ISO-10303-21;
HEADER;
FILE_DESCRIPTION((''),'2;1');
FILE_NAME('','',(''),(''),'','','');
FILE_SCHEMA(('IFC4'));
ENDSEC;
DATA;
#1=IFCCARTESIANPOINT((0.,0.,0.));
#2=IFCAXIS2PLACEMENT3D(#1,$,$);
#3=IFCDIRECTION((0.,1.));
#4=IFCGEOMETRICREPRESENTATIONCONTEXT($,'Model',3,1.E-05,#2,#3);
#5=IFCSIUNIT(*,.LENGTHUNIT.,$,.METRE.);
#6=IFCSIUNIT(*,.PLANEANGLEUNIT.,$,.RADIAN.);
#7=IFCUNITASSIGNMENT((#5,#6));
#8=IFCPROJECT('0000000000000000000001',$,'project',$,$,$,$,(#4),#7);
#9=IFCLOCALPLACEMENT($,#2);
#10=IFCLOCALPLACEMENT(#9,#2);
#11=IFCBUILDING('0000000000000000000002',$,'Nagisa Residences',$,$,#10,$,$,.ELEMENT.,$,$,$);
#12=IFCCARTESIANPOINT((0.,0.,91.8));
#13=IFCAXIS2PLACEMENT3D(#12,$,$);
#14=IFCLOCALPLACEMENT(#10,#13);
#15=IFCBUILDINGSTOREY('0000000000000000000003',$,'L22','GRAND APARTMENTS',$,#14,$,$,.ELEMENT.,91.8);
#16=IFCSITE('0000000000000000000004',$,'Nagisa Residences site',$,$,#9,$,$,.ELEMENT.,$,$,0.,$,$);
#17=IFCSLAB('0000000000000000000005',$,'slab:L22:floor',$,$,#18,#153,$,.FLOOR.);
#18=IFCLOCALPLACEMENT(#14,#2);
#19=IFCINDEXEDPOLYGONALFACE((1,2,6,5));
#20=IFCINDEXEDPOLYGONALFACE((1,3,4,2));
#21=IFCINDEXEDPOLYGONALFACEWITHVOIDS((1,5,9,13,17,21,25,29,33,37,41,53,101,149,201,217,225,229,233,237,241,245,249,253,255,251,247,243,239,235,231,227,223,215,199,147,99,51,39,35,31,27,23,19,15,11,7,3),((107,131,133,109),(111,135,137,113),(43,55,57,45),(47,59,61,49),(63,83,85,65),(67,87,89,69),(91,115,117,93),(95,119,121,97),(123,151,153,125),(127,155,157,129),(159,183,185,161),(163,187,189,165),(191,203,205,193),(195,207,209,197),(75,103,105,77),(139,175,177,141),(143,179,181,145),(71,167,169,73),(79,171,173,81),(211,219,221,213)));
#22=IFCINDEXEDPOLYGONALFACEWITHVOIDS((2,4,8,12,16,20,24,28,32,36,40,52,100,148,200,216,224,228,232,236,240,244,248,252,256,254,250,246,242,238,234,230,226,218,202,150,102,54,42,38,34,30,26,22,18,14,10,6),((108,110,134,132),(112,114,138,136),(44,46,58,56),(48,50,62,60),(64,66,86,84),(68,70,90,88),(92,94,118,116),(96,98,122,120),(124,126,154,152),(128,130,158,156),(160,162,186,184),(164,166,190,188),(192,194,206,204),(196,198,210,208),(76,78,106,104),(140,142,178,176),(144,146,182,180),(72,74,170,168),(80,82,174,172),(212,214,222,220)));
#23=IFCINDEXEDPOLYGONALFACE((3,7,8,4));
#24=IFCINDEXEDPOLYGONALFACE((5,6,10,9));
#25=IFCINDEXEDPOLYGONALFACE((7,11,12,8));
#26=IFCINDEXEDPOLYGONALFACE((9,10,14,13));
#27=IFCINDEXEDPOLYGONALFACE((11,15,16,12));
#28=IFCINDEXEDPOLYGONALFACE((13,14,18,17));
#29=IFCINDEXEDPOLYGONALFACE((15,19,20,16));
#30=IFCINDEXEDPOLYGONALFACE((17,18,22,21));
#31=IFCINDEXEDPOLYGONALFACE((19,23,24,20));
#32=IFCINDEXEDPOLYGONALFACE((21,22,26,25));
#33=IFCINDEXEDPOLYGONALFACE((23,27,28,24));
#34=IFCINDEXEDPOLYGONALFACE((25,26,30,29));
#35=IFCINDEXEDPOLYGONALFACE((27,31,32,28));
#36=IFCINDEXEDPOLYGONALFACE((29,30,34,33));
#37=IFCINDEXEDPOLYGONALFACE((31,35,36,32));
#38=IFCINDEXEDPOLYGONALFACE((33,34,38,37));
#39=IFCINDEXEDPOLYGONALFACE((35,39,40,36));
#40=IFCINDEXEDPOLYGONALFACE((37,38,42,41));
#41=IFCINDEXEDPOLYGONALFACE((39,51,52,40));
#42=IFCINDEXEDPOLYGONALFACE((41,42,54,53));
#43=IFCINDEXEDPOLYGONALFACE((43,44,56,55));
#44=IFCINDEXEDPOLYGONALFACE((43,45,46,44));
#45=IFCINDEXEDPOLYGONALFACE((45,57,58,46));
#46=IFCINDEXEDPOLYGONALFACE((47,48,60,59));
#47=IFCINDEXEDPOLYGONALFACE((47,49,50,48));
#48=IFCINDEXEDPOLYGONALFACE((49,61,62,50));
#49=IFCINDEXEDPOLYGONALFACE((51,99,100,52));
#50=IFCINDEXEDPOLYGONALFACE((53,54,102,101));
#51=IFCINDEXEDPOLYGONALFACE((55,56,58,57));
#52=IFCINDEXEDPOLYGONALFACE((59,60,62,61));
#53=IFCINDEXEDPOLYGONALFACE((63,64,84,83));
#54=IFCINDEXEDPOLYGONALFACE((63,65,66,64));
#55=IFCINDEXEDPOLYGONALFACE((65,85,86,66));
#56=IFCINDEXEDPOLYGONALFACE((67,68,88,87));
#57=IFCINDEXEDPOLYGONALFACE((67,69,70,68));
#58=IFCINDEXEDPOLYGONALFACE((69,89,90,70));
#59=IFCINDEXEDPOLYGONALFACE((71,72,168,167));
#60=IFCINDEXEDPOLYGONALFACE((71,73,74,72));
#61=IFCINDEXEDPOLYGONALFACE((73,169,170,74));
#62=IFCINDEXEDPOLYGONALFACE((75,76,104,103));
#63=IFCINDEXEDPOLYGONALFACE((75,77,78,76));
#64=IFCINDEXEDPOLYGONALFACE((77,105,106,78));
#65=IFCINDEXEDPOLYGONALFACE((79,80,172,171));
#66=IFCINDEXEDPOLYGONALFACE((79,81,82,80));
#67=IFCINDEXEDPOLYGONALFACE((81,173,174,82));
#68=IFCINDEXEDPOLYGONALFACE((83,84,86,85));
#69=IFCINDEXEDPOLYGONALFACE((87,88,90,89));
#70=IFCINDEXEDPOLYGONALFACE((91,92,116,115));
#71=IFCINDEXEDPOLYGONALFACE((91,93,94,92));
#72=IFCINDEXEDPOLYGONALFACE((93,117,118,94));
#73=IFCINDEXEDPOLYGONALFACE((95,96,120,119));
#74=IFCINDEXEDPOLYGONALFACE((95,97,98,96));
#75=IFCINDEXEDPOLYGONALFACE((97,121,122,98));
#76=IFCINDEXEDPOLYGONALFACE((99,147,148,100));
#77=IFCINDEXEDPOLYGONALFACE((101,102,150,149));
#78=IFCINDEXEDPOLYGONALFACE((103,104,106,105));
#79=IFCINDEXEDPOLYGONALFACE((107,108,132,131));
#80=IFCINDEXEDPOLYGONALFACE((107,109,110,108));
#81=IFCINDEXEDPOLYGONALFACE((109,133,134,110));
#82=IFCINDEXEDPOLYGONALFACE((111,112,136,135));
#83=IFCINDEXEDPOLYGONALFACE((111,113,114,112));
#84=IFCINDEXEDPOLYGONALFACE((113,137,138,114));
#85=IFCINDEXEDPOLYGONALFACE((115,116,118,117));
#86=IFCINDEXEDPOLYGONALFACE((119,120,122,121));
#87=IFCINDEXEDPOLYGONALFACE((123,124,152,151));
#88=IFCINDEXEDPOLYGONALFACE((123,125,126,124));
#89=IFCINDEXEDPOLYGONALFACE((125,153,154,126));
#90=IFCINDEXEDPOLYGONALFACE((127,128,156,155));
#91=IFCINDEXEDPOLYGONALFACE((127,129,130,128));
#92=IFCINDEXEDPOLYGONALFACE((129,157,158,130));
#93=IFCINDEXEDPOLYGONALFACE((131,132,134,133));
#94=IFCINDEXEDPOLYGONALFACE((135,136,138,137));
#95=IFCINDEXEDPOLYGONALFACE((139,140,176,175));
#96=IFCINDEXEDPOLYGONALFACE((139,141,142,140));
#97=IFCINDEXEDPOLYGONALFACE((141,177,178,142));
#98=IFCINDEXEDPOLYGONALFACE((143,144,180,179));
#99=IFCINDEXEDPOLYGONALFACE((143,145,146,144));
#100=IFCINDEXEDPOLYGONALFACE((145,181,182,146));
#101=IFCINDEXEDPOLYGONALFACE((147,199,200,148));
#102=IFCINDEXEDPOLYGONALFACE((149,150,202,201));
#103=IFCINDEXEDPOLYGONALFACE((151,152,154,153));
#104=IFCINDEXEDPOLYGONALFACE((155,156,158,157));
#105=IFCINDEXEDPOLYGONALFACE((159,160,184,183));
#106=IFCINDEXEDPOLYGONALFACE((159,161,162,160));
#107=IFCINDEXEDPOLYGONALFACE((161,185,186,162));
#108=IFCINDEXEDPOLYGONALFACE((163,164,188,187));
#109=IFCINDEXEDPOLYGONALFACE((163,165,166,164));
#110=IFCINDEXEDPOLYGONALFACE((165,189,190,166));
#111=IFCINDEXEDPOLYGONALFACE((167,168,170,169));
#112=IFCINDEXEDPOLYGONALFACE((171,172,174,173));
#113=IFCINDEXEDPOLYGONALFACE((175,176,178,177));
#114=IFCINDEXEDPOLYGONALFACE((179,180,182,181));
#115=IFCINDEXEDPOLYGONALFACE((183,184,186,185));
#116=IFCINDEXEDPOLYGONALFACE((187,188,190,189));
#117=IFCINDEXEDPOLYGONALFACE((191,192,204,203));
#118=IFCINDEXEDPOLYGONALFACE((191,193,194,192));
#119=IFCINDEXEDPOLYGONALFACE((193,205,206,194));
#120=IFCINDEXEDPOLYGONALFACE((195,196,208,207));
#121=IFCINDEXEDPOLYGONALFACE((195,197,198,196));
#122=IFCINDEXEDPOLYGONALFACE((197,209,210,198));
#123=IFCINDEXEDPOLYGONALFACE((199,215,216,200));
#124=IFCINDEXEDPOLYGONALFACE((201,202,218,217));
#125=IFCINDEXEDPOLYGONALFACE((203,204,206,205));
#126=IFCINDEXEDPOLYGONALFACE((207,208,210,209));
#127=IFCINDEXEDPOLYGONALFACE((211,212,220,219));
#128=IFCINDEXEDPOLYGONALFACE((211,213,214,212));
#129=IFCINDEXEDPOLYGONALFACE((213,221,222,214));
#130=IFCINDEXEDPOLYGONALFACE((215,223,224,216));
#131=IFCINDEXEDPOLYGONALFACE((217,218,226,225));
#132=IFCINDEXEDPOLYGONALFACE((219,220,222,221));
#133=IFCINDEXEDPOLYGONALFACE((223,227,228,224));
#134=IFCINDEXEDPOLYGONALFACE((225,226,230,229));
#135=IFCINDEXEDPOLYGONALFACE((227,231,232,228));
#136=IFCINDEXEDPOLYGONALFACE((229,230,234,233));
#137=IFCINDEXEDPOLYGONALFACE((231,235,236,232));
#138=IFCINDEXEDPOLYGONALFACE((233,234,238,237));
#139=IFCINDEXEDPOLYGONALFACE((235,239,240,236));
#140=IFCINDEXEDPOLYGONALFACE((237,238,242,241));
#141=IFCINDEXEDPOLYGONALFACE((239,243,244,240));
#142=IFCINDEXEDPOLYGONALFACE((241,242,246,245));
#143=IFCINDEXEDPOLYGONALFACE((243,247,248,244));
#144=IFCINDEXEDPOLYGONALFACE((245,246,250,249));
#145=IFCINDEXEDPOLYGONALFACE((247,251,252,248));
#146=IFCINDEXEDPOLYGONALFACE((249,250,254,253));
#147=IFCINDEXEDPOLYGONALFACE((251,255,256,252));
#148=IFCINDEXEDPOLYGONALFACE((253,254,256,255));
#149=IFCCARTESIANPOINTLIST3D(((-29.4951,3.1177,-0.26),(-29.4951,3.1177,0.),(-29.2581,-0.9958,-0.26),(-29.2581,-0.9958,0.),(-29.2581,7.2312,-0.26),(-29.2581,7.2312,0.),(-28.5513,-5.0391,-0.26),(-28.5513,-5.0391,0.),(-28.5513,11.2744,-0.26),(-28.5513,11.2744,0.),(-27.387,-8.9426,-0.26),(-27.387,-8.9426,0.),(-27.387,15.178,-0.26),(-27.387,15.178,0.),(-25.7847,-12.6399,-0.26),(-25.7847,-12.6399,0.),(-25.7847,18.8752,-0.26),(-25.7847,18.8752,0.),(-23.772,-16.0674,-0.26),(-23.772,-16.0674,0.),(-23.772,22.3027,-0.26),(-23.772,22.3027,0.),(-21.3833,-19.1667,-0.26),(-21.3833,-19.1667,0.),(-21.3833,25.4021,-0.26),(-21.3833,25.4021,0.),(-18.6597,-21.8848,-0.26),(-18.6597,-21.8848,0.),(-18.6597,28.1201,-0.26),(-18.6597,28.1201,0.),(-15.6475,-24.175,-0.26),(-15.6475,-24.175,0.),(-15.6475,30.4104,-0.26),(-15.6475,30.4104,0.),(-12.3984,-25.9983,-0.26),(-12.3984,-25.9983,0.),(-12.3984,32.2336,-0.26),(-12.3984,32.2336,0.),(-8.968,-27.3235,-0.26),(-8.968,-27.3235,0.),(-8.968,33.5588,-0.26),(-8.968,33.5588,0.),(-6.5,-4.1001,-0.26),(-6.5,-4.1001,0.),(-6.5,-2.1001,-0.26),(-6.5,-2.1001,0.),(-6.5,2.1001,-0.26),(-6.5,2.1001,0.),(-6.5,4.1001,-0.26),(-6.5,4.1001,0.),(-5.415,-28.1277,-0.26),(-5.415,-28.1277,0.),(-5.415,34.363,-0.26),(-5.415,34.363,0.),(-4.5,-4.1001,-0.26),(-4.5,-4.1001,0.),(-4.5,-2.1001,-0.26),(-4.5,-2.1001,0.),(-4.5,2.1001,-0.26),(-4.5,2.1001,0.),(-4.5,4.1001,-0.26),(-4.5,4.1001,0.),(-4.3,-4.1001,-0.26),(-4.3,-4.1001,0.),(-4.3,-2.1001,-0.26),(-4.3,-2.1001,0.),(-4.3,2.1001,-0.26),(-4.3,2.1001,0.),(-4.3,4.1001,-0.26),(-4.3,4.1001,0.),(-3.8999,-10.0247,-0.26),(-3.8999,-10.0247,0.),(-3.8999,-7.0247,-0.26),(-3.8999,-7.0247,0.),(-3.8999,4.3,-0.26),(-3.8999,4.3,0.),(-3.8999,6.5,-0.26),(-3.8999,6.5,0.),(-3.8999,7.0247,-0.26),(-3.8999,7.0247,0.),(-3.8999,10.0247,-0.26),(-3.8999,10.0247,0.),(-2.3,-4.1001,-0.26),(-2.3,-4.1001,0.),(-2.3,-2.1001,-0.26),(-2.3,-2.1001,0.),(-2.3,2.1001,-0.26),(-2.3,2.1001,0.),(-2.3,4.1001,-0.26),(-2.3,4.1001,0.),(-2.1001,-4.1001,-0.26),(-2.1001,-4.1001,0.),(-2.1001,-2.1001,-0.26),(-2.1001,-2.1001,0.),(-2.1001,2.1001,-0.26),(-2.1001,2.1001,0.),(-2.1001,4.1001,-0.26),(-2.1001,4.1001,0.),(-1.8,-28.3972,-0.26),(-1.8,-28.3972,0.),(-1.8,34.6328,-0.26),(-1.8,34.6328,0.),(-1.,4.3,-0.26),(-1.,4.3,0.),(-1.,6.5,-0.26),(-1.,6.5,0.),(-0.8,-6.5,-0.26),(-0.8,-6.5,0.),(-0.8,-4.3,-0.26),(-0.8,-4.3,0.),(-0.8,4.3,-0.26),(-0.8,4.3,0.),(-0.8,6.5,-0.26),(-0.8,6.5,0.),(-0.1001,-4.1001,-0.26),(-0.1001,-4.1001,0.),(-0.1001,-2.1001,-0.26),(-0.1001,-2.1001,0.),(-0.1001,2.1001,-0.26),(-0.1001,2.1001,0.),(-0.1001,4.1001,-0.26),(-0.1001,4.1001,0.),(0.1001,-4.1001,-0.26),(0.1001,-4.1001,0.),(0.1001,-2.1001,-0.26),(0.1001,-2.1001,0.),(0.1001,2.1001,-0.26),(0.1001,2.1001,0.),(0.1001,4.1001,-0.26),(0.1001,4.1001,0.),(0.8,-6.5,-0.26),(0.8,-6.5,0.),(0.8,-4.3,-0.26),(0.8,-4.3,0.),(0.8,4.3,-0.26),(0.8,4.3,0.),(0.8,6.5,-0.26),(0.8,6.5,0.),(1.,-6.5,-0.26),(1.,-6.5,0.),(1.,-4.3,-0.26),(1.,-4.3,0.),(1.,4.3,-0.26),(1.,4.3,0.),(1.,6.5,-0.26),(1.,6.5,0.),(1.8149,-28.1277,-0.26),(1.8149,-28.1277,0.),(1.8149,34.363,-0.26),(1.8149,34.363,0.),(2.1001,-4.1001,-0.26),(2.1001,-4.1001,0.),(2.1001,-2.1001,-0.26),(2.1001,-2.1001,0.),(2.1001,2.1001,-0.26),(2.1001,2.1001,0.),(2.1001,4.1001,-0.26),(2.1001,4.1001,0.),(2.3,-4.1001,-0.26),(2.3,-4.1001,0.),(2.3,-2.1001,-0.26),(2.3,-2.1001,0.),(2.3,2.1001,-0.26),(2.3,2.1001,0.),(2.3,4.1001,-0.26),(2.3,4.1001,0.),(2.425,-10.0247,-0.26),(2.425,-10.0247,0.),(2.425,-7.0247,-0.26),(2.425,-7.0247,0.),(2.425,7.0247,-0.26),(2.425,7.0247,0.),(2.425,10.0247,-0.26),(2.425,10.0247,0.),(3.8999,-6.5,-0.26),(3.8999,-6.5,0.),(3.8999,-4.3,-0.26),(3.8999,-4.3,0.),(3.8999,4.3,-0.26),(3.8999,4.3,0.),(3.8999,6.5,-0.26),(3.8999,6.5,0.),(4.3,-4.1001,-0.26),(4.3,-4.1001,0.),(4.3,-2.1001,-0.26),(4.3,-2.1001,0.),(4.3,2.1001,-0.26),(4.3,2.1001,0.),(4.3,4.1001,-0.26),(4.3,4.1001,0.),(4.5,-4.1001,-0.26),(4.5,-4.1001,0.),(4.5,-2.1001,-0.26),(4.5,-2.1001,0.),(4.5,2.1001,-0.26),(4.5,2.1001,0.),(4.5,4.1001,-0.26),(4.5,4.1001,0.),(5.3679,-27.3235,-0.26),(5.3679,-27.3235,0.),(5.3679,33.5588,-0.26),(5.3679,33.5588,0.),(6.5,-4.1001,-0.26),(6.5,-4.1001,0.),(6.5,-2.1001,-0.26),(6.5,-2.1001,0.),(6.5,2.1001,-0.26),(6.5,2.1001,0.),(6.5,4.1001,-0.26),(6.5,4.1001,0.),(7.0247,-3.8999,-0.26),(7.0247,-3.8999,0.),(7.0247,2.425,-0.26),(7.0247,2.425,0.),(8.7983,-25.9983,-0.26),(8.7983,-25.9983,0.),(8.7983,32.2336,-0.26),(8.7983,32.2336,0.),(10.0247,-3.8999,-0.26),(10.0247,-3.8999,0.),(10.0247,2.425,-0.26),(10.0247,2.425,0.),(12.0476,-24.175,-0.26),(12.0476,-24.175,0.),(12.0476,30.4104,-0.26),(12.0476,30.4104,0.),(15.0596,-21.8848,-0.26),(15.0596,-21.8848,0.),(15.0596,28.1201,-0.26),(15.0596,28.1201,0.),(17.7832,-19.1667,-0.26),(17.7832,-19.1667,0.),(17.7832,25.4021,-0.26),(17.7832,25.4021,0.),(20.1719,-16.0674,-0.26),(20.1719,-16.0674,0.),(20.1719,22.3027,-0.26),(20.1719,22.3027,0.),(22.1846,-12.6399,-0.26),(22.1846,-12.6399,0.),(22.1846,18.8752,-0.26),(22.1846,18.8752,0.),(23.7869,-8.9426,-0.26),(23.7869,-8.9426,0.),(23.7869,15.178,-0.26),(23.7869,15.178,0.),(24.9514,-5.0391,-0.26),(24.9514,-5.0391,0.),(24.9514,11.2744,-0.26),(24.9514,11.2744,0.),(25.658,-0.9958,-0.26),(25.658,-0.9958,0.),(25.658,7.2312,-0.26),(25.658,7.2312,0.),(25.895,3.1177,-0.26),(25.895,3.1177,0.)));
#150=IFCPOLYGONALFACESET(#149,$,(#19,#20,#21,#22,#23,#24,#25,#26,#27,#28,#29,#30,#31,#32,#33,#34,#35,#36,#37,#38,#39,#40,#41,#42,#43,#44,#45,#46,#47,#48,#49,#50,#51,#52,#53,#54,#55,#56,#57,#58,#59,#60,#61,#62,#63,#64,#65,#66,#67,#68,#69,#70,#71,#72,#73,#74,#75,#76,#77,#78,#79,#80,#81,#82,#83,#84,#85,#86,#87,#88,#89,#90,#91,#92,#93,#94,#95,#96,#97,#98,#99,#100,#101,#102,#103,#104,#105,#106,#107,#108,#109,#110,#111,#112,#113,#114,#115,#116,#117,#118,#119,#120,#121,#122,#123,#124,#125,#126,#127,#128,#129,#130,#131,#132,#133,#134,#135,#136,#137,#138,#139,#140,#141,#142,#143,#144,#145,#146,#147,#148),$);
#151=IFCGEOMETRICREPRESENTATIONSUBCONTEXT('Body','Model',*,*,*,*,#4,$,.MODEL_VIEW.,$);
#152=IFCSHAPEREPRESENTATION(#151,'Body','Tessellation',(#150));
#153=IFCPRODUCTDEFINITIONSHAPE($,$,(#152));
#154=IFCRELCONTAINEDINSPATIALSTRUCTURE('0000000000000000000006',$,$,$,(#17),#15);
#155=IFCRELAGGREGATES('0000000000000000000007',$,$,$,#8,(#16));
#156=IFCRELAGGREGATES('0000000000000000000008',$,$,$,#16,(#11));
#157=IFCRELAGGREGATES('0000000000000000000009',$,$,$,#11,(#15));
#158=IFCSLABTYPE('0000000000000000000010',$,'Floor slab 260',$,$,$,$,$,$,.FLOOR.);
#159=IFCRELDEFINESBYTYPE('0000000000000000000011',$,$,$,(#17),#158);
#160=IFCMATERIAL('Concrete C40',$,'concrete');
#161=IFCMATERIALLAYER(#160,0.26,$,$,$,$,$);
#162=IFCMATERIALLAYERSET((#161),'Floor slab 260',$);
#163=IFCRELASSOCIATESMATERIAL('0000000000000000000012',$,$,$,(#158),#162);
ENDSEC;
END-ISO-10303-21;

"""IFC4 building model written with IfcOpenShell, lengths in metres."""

from ifc_helpers import new_model, si_unit, direction, frame, origin, place, context, subcontext, project, spatial, polyline, outline, extrude, material, layer, layer_set, type_object, element, save


model = new_model("IFC4")

# Units and contexts
model_context = context("Model", 3, precision=1e-05, world=origin(), true_north=direction((0.0, 1.0)))
body_context = subcontext(model_context, "Body", "Model", "MODEL_VIEW")
ifc_project = project(units=[si_unit("LENGTHUNIT", "METRE"), si_unit("PLANEANGLEUNIT", "RADIAN")], contexts=[model_context])

# Site, building, storey
site_placement = place(None, origin())
site = spatial("IfcSite", under=ifc_project, at=site_placement, Name="Nagisa Residences site", CompositionType="ELEMENT", RefElevation=0.0)
building_placement = place(site_placement, origin())
building = spatial("IfcBuilding", under=site, at=building_placement, Name="Nagisa Residences", CompositionType="ELEMENT")
storey_placement = place(building_placement, frame((0.0, 0.0, 91.8)))
storey = spatial("IfcBuildingStorey", under=building, at=storey_placement, Name="L22", Description="GRAND APARTMENTS", CompositionType="ELEMENT", Elevation=91.8)

# Slab
ifc_material_1 = material(Name="Concrete C40", Category="concrete")
ifc_layer_1 = layer(ifc_material_1, 0.26)
ifc_layer_set_1 = layer_set([ifc_layer_1], Name="Floor slab 260")
slab_type_1 = type_object("IfcSlabType", Name="Floor slab 260", PredefinedType="FLOOR", material=ifc_layer_set_1)
slab_1_placement = place(storey_placement, frame((0.0, 0.0, -0.26)))
element("IfcSlab", 1, at=slab_1_placement, inside=storey, type_object=slab_type_1, Name="slab:L22:floor", PredefinedType="FLOOR", context=body_context, shape_type="SweptSolid", body=[
    extrude(outline(polyline([(25.895, 3.1177), (25.658, 7.2312), (24.9514, 11.2744), (23.7869, 15.178), (22.1846, 18.8752), (20.1719, 22.3027), (17.7832, 25.4021), (15.0596, 28.1201), (12.0476, 30.4104), (8.7983, 32.2336), (5.3679, 33.5588), (1.8149, 34.363), (-1.8, 34.6328), (-5.415, 34.363), (-8.968, 33.5588), (-12.3984, 32.2336), (-15.6475, 30.4104), (-18.6597, 28.1201), (-21.3833, 25.4021), (-23.772, 22.3027), (-25.7847, 18.8752), (-27.387, 15.178), (-28.5513, 11.2744), (-29.2581, 7.2312), (-29.4951, 3.1177), (-29.2581, -0.9958), (-28.5513, -5.0391), (-27.387, -8.9426), (-25.7847, -12.6399), (-23.772, -16.0674), (-21.3833, -19.1667), (-18.6597, -21.8848), (-15.6475, -24.175), (-12.3984, -25.9983), (-8.968, -27.3235), (-5.415, -28.1277), (-1.8, -28.3972), (1.8149, -28.1277), (5.3679, -27.3235), (8.7983, -25.9983), (12.0476, -24.175), (15.0596, -21.8848), (17.7832, -19.1667), (20.1719, -16.0674), (22.1846, -12.6399), (23.7869, -8.9426), (24.9514, -5.0391), (25.658, -0.9958), (25.895, 3.1177)]), holes=[polyline([(-4.5, 2.1001), (-4.5, 4.1001), (-6.5, 4.1001), (-6.5, 2.1001), (-4.5, 2.1001)]), polyline([(-2.3, 2.1001), (-2.3, 4.1001), (-4.3, 4.1001), (-4.3, 2.1001), (-2.3, 2.1001)]), polyline([(-0.1001, 2.1001), (-0.1001, 4.1001), (-2.1001, 4.1001), (-2.1001, 2.1001), (-0.1001, 2.1001)]), polyline([(2.1001, 2.1001), (2.1001, 4.1001), (0.1001, 4.1001), (0.1001, 2.1001), (2.1001, 2.1001)]), polyline([(4.3, 2.1001), (4.3, 4.1001), (2.3, 4.1001), (2.3, 2.1001), (4.3, 2.1001)]), polyline([(6.5, 2.1001), (6.5, 4.1001), (4.5, 4.1001), (4.5, 2.1001), (6.5, 2.1001)]), polyline([(-4.5, -4.1001), (-4.5, -2.1001), (-6.5, -2.1001), (-6.5, -4.1001), (-4.5, -4.1001)]), polyline([(-2.3, -4.1001), (-2.3, -2.1001), (-4.3, -2.1001), (-4.3, -4.1001), (-2.3, -4.1001)]), polyline([(-0.1001, -4.1001), (-0.1001, -2.1001), (-2.1001, -2.1001), (-2.1001, -4.1001), (-0.1001, -4.1001)]), polyline([(2.1001, -4.1001), (2.1001, -2.1001), (0.1001, -2.1001), (0.1001, -4.1001), (2.1001, -4.1001)]), polyline([(4.3, -4.1001), (4.3, -2.1001), (2.3, -2.1001), (2.3, -4.1001), (4.3, -4.1001)]), polyline([(6.5, -4.1001), (6.5, -2.1001), (4.5, -2.1001), (4.5, -4.1001), (6.5, -4.1001)]), polyline([(3.8999, 4.3), (3.8999, 6.5), (1.0, 6.5), (1.0, 4.3), (3.8999, 4.3)]), polyline([(3.8999, -6.5), (3.8999, -4.3), (1.0, -4.3), (1.0, -6.5), (3.8999, -6.5)]), polyline([(-1.0, 4.3), (-1.0, 6.5), (-3.8999, 6.5), (-3.8999, 4.3), (-1.0, 4.3)]), polyline([(0.8, 4.3), (0.8, 6.5), (-0.8, 6.5), (-0.8, 4.3), (0.8, 4.3)]), polyline([(0.8, -6.5), (0.8, -4.3), (-0.8, -4.3), (-0.8, -6.5), (0.8, -6.5)]), polyline([(10.0247, -3.8999), (7.0247, -3.8999), (7.0247, 2.425), (10.0247, 2.425), (10.0247, -3.8999)]), polyline([(-3.8999, 7.0247), (-3.8999, 10.0247), (2.425, 10.0247), (2.425, 7.0247), (-3.8999, 7.0247)]), polyline([(-3.8999, -10.0247), (-3.8999, -7.0247), (2.425, -7.0247), (2.425, -10.0247), (-3.8999, -10.0247)])]), origin(), (0.0, 0.0, 1.0), 0.26),
])

save(model, "model.ifc")
